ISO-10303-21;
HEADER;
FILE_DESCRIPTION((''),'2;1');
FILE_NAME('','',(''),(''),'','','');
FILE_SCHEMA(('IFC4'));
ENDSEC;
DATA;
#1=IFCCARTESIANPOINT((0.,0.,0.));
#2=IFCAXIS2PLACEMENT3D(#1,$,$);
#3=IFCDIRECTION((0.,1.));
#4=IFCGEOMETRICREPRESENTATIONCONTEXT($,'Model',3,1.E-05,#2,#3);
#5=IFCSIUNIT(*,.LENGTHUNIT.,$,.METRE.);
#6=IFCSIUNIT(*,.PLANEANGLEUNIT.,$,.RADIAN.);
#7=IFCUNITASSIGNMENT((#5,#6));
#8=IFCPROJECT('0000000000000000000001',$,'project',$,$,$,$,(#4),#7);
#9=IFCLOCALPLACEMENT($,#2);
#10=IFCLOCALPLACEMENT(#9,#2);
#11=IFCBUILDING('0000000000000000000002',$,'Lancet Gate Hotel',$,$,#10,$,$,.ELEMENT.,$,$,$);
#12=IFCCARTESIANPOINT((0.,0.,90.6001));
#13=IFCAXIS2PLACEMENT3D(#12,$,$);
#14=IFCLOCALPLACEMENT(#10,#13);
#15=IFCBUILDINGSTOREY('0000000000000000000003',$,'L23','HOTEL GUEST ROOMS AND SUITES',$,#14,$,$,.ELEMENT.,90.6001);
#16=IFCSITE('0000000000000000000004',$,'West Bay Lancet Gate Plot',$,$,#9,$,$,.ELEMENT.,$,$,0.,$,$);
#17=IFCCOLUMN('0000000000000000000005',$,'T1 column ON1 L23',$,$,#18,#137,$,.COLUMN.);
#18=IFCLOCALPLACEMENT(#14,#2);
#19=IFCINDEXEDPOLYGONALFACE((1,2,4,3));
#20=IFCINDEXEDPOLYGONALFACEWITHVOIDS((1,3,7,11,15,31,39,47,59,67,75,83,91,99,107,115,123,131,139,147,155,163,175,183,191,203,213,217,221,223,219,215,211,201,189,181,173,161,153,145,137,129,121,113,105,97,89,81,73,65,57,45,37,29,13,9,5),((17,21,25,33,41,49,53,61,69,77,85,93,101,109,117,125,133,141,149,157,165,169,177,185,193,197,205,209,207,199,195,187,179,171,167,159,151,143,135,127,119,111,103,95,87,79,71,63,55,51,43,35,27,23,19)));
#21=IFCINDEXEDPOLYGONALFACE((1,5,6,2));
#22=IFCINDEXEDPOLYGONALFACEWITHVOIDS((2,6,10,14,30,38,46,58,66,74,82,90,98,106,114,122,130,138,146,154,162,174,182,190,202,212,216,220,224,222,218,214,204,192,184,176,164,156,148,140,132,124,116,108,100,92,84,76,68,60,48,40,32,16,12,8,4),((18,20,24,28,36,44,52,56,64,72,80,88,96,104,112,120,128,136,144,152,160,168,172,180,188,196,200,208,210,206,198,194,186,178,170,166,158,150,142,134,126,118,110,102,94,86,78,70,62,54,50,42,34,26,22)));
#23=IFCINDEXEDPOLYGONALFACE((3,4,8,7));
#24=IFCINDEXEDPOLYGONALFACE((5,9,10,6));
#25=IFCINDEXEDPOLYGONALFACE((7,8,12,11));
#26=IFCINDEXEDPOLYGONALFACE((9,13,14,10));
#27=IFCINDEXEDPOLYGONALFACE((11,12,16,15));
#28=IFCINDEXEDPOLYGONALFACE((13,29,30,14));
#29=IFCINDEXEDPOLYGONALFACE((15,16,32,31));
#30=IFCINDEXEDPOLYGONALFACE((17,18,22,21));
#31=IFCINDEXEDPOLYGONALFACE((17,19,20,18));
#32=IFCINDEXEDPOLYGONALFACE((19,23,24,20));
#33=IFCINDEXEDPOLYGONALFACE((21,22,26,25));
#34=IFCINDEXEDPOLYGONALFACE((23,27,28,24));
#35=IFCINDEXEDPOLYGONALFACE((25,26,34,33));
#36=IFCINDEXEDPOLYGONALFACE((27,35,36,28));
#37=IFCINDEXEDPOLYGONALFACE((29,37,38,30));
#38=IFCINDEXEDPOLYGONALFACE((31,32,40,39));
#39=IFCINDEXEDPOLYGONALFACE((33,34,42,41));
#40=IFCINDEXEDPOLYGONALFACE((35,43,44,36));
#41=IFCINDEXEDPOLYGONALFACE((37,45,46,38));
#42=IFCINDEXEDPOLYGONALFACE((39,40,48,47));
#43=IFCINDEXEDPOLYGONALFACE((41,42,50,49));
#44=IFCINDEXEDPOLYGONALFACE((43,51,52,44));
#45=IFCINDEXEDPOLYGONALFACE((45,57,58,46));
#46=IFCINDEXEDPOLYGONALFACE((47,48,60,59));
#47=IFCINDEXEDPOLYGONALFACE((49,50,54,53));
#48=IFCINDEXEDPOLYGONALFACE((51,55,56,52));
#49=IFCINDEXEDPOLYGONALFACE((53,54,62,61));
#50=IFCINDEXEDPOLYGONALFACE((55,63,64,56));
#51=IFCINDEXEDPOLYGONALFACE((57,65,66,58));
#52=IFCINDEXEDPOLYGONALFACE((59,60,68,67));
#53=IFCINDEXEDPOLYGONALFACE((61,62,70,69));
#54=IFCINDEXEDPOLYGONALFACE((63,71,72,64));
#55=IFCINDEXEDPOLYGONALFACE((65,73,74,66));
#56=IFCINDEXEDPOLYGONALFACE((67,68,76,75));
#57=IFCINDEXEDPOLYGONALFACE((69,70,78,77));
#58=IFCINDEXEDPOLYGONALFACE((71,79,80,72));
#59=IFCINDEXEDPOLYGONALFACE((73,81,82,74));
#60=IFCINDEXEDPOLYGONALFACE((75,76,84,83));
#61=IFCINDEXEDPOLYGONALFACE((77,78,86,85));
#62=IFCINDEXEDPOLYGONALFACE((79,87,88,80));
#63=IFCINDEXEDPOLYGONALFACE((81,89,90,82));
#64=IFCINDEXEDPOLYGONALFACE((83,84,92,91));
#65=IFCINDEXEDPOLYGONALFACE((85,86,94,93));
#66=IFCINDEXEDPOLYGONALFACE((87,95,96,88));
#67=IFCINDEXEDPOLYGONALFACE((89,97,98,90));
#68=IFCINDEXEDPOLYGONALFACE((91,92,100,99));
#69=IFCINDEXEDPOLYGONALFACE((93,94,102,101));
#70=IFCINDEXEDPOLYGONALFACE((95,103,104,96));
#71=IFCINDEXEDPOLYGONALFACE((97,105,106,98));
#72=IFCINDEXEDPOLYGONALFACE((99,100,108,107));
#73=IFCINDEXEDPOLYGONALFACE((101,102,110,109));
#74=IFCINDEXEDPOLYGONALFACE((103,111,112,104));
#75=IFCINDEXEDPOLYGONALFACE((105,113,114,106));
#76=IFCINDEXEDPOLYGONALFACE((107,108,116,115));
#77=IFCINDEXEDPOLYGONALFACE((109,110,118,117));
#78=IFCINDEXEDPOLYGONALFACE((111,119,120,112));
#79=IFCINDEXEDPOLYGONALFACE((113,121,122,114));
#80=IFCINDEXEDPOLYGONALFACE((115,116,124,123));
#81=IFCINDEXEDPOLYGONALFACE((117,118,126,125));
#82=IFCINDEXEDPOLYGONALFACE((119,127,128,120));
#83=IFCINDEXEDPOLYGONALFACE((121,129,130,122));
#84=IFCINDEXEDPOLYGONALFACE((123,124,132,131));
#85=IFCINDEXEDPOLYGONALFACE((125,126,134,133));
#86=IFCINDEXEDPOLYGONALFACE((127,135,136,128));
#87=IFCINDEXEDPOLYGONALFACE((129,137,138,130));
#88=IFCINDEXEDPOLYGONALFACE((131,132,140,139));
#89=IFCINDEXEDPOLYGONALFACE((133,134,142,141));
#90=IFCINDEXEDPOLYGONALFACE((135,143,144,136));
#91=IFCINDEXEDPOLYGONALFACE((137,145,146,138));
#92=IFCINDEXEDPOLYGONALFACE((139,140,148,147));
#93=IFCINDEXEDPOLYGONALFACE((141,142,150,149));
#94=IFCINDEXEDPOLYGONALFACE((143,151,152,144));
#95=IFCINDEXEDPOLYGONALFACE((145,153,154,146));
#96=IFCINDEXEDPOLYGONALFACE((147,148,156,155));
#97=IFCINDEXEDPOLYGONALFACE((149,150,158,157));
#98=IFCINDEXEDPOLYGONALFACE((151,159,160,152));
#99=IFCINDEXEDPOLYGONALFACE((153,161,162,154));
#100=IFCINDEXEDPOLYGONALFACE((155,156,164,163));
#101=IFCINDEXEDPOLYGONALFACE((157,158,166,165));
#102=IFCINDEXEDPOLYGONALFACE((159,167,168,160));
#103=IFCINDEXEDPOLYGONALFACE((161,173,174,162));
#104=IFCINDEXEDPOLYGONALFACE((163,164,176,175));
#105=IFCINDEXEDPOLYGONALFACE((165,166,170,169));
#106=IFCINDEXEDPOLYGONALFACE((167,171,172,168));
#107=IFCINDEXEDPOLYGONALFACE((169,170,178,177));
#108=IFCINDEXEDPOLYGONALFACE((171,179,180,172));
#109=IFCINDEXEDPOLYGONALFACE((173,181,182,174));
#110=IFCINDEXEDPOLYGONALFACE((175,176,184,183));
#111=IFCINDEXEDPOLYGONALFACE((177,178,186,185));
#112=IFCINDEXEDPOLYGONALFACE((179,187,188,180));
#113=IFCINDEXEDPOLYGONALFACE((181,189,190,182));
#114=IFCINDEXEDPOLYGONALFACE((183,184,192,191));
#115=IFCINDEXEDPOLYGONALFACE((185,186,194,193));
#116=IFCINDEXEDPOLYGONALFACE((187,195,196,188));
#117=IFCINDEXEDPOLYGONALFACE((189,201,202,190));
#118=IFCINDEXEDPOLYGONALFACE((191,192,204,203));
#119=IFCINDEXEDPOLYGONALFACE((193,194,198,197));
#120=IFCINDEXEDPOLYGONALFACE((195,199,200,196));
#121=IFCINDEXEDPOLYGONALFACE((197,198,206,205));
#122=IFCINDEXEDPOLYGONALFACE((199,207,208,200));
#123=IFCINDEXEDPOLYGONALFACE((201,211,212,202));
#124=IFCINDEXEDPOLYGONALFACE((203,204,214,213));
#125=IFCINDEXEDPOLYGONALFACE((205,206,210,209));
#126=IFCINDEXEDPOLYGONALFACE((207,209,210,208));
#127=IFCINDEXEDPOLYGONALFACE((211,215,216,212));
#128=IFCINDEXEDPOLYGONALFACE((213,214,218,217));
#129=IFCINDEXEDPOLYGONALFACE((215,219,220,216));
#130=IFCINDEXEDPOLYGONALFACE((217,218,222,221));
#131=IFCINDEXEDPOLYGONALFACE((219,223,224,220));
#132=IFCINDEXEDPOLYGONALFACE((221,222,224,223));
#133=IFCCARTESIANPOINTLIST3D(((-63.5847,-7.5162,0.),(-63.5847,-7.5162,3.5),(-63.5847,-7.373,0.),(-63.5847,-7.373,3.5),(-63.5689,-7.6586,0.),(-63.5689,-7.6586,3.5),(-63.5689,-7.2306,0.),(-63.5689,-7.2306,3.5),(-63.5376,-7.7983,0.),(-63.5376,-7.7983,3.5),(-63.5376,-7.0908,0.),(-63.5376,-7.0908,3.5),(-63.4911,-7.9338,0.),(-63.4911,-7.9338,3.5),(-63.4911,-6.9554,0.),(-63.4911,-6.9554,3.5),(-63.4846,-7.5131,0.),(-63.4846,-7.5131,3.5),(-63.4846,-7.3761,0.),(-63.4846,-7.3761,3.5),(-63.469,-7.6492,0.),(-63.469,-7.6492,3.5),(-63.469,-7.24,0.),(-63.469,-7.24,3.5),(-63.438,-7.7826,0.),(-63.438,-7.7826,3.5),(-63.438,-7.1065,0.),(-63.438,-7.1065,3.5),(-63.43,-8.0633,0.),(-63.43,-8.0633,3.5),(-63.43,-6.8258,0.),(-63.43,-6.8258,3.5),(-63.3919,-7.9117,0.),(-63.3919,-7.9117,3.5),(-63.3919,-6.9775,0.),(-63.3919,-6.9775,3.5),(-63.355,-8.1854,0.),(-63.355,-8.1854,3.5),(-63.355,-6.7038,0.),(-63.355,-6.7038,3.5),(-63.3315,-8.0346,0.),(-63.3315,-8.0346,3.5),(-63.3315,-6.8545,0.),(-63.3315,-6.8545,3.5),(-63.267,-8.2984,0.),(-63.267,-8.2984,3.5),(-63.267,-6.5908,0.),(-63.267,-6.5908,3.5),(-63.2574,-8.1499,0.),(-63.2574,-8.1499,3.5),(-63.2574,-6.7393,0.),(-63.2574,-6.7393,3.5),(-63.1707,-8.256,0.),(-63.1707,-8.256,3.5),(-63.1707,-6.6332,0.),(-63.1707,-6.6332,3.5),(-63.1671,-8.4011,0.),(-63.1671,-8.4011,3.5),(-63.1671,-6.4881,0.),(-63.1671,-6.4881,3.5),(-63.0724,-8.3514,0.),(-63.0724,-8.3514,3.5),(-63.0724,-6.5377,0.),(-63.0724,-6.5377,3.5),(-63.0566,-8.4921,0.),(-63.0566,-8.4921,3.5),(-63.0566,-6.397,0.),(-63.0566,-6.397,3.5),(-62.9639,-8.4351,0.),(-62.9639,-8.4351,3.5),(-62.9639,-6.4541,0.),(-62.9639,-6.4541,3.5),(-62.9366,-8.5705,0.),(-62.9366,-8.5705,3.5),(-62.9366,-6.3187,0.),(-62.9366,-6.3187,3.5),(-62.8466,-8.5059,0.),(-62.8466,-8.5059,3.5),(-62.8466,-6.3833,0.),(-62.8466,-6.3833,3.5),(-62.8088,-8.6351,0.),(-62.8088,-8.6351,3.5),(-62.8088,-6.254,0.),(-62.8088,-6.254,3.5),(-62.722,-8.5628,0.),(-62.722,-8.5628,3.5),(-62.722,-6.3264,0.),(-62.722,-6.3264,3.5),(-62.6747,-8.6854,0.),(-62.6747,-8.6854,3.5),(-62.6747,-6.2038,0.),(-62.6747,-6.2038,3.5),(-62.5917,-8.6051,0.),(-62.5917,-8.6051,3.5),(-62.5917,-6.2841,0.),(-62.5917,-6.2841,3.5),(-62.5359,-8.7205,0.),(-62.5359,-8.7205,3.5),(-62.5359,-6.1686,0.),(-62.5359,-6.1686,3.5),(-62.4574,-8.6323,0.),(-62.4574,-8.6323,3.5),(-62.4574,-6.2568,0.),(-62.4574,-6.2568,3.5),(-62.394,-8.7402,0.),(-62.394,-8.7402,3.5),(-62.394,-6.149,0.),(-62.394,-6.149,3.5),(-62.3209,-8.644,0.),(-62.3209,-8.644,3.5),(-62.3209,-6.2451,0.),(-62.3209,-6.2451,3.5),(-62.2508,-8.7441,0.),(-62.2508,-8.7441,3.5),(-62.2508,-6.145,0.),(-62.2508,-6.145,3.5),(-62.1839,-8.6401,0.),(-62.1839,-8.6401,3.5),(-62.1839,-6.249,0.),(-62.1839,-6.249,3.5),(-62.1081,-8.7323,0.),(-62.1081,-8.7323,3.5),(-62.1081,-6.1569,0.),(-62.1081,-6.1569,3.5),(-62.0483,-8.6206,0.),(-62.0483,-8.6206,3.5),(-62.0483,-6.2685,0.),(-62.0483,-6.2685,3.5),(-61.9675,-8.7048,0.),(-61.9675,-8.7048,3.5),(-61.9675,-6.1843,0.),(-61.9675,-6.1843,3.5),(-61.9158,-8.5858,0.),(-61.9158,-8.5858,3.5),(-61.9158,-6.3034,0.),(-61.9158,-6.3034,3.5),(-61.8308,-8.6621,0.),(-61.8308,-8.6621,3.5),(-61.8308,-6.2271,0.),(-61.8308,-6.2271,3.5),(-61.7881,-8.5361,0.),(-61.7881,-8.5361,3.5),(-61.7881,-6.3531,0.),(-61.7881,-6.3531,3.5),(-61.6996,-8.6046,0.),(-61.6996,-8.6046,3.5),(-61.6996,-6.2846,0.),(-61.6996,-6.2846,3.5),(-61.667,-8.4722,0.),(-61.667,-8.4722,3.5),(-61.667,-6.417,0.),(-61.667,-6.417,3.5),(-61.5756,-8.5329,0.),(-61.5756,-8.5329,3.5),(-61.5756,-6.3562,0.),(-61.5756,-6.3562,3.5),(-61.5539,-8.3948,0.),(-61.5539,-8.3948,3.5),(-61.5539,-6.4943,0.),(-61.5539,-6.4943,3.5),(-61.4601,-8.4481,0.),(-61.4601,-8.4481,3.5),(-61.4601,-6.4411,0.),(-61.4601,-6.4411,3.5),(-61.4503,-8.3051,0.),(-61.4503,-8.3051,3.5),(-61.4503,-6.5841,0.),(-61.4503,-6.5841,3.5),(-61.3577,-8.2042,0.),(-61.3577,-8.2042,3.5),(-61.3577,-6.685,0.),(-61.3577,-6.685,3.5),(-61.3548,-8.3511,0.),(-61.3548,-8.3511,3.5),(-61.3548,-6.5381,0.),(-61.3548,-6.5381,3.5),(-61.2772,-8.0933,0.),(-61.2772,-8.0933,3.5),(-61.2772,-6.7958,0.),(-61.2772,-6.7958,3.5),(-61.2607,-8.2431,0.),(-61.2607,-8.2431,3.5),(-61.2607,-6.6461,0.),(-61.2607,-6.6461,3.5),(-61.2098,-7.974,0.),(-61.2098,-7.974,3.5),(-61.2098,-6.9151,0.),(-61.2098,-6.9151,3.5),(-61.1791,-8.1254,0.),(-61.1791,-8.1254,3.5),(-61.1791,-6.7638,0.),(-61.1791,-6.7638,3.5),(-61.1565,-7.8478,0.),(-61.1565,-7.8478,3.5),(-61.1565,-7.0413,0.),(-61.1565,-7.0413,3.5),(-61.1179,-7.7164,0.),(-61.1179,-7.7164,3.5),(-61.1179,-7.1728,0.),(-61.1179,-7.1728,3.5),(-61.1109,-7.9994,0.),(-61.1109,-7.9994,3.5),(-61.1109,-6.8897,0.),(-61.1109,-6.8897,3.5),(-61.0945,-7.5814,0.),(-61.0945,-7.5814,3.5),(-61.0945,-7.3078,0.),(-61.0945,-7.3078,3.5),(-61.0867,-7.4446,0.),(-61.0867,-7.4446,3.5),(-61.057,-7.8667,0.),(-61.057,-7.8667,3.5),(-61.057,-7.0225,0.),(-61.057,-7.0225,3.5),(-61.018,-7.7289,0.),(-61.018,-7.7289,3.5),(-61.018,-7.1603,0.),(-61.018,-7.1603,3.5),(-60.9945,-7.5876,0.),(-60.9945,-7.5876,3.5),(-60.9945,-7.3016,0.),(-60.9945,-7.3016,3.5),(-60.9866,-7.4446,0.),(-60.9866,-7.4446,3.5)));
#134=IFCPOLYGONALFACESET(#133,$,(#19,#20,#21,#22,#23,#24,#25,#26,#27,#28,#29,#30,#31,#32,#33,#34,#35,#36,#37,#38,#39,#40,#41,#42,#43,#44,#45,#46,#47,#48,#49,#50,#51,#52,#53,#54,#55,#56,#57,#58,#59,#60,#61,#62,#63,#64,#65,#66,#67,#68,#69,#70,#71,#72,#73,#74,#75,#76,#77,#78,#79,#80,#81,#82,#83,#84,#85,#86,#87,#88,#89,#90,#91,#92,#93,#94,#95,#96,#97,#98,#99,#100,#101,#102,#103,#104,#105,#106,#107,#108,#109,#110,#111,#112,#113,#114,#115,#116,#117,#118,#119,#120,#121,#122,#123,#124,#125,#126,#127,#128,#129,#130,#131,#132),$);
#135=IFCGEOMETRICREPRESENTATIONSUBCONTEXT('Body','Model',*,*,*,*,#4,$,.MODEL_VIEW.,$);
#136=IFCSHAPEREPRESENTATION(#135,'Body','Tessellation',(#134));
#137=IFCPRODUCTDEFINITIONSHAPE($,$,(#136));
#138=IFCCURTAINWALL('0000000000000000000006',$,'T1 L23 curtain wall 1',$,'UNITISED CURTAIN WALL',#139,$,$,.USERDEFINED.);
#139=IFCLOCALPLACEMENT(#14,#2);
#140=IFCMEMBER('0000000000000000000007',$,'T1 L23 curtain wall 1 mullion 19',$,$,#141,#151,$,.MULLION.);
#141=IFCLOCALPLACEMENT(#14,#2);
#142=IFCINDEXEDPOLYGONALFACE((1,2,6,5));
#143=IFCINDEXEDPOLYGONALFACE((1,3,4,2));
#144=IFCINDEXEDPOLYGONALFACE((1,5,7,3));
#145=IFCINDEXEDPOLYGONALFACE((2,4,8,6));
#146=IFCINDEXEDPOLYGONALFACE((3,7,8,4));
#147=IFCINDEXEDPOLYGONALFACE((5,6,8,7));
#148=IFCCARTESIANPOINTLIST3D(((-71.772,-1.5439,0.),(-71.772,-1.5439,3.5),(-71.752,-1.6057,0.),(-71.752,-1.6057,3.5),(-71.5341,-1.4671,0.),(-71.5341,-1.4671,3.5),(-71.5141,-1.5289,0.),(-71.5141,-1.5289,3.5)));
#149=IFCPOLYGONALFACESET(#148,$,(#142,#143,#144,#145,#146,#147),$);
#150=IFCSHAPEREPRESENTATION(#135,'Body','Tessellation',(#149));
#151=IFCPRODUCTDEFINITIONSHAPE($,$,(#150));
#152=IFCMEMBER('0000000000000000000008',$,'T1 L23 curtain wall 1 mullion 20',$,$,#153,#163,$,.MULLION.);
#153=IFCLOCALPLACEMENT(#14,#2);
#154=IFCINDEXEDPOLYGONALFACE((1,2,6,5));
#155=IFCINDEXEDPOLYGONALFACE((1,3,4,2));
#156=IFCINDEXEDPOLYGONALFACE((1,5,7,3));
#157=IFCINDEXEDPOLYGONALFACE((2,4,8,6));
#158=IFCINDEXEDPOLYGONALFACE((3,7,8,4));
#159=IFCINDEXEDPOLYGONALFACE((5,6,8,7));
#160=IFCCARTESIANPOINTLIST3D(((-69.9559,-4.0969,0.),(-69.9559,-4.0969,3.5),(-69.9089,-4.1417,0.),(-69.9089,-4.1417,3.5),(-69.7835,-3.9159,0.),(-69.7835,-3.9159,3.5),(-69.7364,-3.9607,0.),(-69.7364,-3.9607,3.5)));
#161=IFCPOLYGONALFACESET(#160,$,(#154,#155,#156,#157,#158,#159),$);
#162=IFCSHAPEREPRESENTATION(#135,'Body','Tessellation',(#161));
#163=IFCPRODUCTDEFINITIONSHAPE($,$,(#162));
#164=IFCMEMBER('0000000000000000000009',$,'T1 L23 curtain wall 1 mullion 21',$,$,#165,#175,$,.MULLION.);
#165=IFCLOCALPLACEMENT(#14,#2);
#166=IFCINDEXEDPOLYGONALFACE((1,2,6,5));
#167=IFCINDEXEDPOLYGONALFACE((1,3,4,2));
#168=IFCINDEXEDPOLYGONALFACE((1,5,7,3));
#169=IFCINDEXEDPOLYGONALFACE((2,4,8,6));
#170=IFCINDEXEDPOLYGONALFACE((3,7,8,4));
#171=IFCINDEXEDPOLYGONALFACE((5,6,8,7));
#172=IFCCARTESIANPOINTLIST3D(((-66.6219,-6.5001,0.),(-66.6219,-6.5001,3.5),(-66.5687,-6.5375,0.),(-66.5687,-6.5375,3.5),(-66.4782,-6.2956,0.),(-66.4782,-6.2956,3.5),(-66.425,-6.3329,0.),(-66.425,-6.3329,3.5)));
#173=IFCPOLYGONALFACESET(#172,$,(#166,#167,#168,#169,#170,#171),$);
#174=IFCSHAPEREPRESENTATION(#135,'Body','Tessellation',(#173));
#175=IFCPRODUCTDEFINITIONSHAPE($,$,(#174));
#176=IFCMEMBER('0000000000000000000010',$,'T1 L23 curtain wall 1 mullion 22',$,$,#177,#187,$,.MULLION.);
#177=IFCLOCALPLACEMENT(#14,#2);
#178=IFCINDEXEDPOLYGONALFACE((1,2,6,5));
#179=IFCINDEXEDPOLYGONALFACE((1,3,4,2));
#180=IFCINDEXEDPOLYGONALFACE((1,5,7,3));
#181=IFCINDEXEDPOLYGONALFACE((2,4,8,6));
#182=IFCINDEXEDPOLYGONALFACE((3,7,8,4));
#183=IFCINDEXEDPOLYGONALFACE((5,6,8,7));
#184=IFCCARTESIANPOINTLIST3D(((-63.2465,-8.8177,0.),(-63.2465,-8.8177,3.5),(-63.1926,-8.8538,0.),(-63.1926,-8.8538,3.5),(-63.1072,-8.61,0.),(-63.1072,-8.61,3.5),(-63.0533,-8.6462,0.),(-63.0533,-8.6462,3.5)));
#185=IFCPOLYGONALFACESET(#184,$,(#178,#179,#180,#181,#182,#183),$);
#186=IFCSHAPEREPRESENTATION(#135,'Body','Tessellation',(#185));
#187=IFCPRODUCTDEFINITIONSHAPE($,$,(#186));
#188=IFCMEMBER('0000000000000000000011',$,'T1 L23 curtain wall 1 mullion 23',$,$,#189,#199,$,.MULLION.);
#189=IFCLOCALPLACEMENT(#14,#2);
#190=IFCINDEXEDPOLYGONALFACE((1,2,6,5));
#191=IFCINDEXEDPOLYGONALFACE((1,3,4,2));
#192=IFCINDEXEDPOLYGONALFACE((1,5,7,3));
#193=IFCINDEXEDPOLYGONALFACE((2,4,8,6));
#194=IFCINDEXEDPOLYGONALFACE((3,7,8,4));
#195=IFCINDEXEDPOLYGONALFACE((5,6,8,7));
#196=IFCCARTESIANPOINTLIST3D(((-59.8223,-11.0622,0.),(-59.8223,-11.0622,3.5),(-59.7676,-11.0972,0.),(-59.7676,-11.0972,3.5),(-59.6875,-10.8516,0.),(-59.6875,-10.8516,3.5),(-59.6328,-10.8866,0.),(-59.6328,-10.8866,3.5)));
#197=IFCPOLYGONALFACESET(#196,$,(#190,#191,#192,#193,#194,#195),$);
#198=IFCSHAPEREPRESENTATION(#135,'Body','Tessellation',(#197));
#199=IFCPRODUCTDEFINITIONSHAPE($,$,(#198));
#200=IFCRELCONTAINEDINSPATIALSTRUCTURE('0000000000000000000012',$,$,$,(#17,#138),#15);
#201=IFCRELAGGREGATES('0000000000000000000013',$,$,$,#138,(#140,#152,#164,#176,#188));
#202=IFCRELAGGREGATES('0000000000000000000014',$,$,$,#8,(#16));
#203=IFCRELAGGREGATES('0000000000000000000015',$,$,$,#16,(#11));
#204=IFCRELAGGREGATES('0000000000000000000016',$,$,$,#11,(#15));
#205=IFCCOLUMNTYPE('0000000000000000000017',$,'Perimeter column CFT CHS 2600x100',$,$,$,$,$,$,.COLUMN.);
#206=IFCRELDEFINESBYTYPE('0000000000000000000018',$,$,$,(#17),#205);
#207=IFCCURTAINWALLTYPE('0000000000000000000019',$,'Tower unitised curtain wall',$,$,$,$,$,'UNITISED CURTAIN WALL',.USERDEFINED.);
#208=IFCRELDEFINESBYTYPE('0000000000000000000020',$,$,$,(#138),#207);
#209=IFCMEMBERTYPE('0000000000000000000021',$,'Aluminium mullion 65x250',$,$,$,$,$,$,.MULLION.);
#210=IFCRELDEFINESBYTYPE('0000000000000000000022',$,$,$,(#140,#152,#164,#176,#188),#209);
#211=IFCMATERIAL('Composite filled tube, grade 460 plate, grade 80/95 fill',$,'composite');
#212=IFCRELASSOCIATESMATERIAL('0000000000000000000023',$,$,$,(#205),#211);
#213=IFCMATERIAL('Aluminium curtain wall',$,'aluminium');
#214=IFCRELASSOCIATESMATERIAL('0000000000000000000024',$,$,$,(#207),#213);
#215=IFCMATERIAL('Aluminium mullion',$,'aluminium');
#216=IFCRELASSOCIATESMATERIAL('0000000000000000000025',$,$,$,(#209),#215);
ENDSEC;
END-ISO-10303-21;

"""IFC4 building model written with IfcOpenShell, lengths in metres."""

from ifc_helpers import new_model, si_unit, direction, frame, origin, origin_2d, place, context, subcontext, project, spatial, rectangle, hollow_circle, extrude, material, material_profile, profile_set, type_object, element, aggregate, save


model = new_model("IFC4")

# Units and contexts
model_context = context("Model", 3, precision=1e-05, world=origin(), true_north=direction((0.0, 1.0)))
body_context = subcontext(model_context, "Body", "Model", "MODEL_VIEW")
ifc_project = project(units=[si_unit("LENGTHUNIT", "METRE"), si_unit("PLANEANGLEUNIT", "RADIAN")], contexts=[model_context])

# Site, building, storey
site_placement = place(None, origin())
site = spatial("IfcSite", under=ifc_project, at=site_placement, Name="West Bay Lancet Gate Plot", CompositionType="ELEMENT", RefElevation=0.0)
building_placement = place(site_placement, origin())
building = spatial("IfcBuilding", under=site, at=building_placement, Name="Lancet Gate Hotel", CompositionType="ELEMENT")
storey_placement = place(building_placement, frame((0.0, 0.0, 90.6001)))
storey = spatial("IfcBuildingStorey", under=building, at=storey_placement, Name="L23", Description="HOTEL GUEST ROOMS AND SUITES", CompositionType="ELEMENT", Elevation=90.6001)

# Column
ifc_material_1 = material(Name="Composite filled tube, grade 460 plate, grade 80/95 fill", Category="composite")
ifc_material_profile_1 = material_profile(ifc_material_1, hollow_circle(Radius=1.3, WallThickness=0.1001, at=origin_2d()), Name="CHS 2600x100")
ifc_profile_set_1 = profile_set([ifc_material_profile_1], Name="Composite filled tube, grade 460 plate, grade 80/95 fill")
column_type_1 = type_object("IfcColumnType", Name="Perimeter column CFT CHS 2600x100", PredefinedType="COLUMN", material=ifc_profile_set_1)
column_1_placement = place(storey_placement, frame((-62.2866, -7.4446, 0.0), z_axis=(0.0, 0.0, 1.0), x_axis=(1.0, 0.0, 0.0)))
element("IfcColumn", 1, at=column_1_placement, inside=storey, type_object=column_type_1, Name="T1 column ON1 L23", PredefinedType="COLUMN", context=body_context, shape_type="SweptSolid", body=[
    extrude(hollow_circle(Radius=1.3, WallThickness=0.1001, at=origin_2d()), origin(), (0.0, 0.0, 1.0), 3.5),
])

# Curtain wall, members
ifc_material_2 = material(Name="Aluminium curtain wall", Category="aluminium")
curtain_wall_type = type_object("IfcCurtainWallType", Name="Tower unitised curtain wall", ElementType="UNITISED CURTAIN WALL", PredefinedType="USERDEFINED", material=ifc_material_2)
curtain_wall_placement = place(storey_placement, origin())
curtain_wall = element("IfcCurtainWall", 2, at=curtain_wall_placement, inside=storey, type_object=curtain_wall_type, Name="T1 L23 curtain wall 1", ObjectType="UNITISED CURTAIN WALL", PredefinedType="USERDEFINED")
ifc_material_3 = material(Name="Aluminium mullion", Category="aluminium")
ifc_material_profile_2 = material_profile(ifc_material_3, rectangle(XDim=0.0649, YDim=0.25, at=origin_2d()), Name="MULLION 65x250")
ifc_profile_set_2 = profile_set([ifc_material_profile_2], Name="Aluminium mullion")
member_type_1 = type_object("IfcMemberType", Name="Aluminium mullion 65x250", PredefinedType="MULLION", material=ifc_profile_set_2)
member_1_placement = place(storey_placement, frame((-71.6431, -1.5364, 0.0), z_axis=(0.0, 0.0, 1.0), x_axis=(0.307269, -0.951623, 0.0)))
member_1 = element("IfcMember", 3, at=member_1_placement, type_object=member_type_1, Name="T1 L23 curtain wall 1 mullion 19", PredefinedType="MULLION", context=body_context, shape_type="SweptSolid", body=[
    extrude(rectangle(XDim=0.0649, YDim=0.25, at=origin_2d()), origin(), (0.0, 0.0, 1.0), 3.5),
])
member_2_placement = place(storey_placement, frame((-69.8462, -4.0288, 0.0), z_axis=(0.0, 0.0, 1.0), x_axis=(0.723846, -0.689961, 0.0)))
member_2 = element("IfcMember", 4, at=member_2_placement, type_object=member_type_1, Name="T1 L23 curtain wall 1 mullion 20", PredefinedType="MULLION", context=body_context, shape_type="SweptSolid", body=[
    extrude(rectangle(XDim=0.0649, YDim=0.25, at=origin_2d()), origin(), (0.0, 0.0, 1.0), 3.5),
])
member_3_placement = place(storey_placement, frame((-66.5234, -6.4165, 0.0), z_axis=(0.0, 0.0, 1.0), x_axis=(0.818327, -0.574753, 0.0)))
member_3 = element("IfcMember", 5, at=member_3_placement, type_object=member_type_1, Name="T1 L23 curtain wall 1 mullion 21", PredefinedType="MULLION", context=body_context, shape_type="SweptSolid", body=[
    extrude(rectangle(XDim=0.0649, YDim=0.25, at=origin_2d()), origin(), (0.0, 0.0, 1.0), 3.5),
])
member_4_placement = place(storey_placement, frame((-63.1499, -8.7319, 0.0), z_axis=(0.0, 0.0, 1.0), x_axis=(0.83051, -0.557004, 0.0)))
member_4 = element("IfcMember", 6, at=member_4_placement, type_object=member_type_1, Name="T1 L23 curtain wall 1 mullion 22", PredefinedType="MULLION", context=body_context, shape_type="SweptSolid", body=[
    extrude(rectangle(XDim=0.0649, YDim=0.25, at=origin_2d()), origin(), (0.0, 0.0, 1.0), 3.5),
])
member_5_placement = place(storey_placement, frame((-59.7275, -10.9744, 0.0), z_axis=(0.0, 0.0, 1.0), x_axis=(0.842308, -0.538996, 0.0)))
member_5 = element("IfcMember", 7, at=member_5_placement, type_object=member_type_1, Name="T1 L23 curtain wall 1 mullion 23", PredefinedType="MULLION", context=body_context, shape_type="SweptSolid", body=[
    extrude(rectangle(XDim=0.0649, YDim=0.25, at=origin_2d()), origin(), (0.0, 0.0, 1.0), 3.5),
])

aggregate(curtain_wall, [member_1, member_2, member_3, member_4, member_5])

save(model, "model.ifc")
